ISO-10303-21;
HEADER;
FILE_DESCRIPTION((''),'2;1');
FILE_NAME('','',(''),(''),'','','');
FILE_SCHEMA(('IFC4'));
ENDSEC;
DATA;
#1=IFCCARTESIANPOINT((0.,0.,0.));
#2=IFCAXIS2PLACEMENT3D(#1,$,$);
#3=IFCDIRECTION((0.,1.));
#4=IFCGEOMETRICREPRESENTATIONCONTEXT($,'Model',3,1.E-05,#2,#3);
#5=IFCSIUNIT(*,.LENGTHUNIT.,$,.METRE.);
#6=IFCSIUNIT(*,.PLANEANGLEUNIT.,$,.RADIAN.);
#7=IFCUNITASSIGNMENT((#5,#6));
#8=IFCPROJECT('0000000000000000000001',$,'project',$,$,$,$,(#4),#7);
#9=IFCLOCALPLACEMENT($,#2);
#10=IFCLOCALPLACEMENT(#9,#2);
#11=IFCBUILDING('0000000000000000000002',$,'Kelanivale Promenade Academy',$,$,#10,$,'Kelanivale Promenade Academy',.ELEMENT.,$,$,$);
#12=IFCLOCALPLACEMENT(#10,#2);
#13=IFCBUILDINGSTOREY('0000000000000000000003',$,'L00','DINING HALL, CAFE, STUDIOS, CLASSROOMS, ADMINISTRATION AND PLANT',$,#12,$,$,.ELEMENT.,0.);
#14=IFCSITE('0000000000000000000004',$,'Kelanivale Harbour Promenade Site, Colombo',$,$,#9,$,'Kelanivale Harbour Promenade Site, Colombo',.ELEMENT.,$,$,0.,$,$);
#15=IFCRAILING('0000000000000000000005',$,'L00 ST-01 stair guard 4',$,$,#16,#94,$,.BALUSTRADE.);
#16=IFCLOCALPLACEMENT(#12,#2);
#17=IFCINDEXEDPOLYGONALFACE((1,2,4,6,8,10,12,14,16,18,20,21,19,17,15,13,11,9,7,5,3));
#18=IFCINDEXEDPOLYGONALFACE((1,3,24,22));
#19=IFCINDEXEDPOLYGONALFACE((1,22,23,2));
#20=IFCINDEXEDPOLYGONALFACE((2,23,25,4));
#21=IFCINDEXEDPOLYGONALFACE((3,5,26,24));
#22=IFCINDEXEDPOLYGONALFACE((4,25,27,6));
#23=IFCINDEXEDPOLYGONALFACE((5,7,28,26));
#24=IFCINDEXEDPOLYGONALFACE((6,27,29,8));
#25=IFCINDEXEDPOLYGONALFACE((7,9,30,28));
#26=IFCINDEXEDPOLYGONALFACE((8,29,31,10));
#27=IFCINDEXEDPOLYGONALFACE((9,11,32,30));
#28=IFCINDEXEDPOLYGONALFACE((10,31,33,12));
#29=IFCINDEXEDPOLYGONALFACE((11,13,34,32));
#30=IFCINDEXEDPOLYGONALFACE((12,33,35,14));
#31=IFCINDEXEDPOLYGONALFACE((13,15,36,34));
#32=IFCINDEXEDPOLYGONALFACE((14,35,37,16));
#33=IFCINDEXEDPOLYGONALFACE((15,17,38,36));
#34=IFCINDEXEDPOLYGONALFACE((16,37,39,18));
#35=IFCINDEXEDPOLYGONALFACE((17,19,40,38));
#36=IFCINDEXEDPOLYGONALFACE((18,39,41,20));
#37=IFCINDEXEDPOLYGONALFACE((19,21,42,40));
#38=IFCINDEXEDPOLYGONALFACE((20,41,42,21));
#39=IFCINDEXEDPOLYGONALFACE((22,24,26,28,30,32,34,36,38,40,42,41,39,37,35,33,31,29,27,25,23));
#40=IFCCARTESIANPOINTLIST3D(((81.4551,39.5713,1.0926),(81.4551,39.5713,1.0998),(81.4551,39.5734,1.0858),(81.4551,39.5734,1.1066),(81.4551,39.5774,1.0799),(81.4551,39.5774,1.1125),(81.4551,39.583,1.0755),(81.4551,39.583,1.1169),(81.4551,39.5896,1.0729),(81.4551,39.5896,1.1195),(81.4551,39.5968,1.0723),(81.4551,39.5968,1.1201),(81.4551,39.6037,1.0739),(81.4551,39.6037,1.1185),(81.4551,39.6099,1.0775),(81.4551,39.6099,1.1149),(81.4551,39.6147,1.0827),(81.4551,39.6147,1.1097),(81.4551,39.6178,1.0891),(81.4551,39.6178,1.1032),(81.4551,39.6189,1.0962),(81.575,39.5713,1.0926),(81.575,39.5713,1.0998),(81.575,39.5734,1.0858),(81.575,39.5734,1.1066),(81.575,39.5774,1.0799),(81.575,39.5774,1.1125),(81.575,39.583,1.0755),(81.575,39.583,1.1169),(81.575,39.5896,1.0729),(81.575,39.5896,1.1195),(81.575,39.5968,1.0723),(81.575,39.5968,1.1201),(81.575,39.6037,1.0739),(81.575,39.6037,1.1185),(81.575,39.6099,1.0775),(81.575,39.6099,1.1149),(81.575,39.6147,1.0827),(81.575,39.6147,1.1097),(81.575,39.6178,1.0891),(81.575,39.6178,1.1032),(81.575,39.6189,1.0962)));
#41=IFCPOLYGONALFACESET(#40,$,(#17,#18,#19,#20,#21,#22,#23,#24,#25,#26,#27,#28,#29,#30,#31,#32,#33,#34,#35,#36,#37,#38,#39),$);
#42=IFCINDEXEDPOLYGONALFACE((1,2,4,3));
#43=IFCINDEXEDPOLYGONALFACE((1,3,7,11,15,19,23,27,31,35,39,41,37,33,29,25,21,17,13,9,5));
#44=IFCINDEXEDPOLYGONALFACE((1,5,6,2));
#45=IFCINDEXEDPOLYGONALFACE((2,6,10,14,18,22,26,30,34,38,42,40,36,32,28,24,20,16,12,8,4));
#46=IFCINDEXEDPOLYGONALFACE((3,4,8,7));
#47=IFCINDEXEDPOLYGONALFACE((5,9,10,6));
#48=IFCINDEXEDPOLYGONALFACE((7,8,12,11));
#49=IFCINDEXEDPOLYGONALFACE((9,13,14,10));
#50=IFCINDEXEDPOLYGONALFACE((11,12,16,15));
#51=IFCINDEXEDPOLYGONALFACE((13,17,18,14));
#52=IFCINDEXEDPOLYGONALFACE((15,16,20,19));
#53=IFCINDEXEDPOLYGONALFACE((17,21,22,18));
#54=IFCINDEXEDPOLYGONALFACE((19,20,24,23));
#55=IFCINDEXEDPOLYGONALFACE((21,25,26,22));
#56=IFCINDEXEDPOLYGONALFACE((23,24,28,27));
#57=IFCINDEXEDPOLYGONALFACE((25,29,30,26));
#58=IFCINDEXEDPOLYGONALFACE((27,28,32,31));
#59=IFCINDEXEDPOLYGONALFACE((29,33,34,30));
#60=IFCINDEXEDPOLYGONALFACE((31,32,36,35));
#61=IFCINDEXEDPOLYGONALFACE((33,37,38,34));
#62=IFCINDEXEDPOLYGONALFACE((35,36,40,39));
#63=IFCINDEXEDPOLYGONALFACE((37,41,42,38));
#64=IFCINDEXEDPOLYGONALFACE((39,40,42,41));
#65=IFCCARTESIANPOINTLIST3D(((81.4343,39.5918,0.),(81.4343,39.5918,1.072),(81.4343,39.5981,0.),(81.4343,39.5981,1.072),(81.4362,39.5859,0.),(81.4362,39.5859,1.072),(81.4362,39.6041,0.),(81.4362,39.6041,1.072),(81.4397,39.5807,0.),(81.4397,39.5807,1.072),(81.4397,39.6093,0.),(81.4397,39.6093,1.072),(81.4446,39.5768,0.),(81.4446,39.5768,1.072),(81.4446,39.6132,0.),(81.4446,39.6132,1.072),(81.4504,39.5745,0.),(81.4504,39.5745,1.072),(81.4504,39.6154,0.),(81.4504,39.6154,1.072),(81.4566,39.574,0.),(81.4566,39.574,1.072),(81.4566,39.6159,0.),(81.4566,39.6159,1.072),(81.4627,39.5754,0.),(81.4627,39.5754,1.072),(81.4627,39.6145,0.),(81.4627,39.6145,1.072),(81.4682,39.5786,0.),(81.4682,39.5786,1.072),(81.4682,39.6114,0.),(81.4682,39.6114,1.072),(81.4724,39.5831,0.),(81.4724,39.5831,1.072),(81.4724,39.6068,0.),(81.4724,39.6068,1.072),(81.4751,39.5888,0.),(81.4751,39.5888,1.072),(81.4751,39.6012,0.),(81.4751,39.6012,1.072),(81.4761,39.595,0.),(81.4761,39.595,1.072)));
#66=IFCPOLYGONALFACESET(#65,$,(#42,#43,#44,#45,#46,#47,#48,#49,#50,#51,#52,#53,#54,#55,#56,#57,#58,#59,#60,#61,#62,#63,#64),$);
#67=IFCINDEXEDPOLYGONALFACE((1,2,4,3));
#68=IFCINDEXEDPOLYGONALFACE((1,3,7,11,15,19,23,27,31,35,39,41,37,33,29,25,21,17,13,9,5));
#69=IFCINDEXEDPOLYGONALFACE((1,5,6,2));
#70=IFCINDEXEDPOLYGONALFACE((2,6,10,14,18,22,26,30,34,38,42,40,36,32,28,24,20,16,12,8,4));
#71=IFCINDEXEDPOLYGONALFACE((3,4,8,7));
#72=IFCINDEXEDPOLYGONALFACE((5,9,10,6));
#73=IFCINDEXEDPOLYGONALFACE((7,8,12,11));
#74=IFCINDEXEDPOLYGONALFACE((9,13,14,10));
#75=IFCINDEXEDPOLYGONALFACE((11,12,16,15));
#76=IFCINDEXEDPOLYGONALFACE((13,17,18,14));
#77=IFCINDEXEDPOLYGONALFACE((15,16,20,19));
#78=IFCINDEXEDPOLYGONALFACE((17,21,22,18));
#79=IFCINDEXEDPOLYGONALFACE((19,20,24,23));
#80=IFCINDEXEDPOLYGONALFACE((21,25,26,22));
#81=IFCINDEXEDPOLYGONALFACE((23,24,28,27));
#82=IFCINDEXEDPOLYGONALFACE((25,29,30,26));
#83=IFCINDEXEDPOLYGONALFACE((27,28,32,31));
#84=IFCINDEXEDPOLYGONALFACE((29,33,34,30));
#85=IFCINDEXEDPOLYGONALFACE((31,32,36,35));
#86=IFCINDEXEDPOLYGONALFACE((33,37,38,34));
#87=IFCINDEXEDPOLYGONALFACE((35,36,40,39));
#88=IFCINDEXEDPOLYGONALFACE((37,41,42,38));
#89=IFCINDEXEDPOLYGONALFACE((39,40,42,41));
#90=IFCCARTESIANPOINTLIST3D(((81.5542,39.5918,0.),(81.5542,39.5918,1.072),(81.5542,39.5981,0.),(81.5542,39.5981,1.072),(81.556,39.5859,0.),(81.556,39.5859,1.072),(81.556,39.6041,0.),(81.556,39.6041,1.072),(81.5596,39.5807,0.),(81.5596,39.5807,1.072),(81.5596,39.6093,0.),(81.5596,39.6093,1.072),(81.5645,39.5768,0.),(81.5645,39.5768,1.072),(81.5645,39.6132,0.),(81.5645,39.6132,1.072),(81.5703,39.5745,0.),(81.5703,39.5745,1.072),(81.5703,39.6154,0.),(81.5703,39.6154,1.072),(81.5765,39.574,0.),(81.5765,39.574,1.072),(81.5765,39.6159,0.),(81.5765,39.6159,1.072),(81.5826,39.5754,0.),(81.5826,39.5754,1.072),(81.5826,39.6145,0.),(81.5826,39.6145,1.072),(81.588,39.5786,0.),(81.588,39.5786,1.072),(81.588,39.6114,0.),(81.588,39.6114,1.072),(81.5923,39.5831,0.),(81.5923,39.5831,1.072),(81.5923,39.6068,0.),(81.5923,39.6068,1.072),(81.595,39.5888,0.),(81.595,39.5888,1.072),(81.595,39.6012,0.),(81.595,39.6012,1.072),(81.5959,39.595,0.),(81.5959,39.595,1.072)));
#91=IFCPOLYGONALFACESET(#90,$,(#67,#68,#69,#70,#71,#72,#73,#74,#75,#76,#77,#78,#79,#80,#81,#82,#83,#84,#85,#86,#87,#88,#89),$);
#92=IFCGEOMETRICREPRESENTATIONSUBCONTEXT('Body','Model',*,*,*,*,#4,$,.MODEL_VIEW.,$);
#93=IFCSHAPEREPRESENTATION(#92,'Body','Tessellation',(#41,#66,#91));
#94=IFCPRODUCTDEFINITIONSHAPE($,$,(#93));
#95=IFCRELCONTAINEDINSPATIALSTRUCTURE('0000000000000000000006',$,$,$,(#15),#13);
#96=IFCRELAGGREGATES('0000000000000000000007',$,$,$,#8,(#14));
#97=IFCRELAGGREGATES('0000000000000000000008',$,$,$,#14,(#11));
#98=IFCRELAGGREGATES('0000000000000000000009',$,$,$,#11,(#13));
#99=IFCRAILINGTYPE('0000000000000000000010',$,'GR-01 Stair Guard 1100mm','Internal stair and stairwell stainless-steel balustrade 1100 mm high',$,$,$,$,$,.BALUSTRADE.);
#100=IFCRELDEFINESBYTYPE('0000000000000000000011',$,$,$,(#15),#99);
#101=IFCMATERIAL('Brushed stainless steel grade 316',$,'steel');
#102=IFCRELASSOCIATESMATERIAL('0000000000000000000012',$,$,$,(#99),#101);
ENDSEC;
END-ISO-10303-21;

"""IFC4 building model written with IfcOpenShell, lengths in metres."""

from ifc_helpers import new_model, si_unit, direction, frame, origin, origin_2d, place, context, subcontext, project, spatial, circle, extrude, material, type_object, element, save


model = new_model("IFC4")

# Units and contexts
model_context = context("Model", 3, precision=1e-05, world=origin(), true_north=direction((0.0, 1.0)))
body_context = subcontext(model_context, "Body", "Model", "MODEL_VIEW")
ifc_project = project(units=[si_unit("LENGTHUNIT", "METRE"), si_unit("PLANEANGLEUNIT", "RADIAN")], contexts=[model_context])

# Site, building, storey
site_placement = place(None, origin())
site = spatial("IfcSite", under=ifc_project, at=site_placement, Name="Kelanivale Harbour Promenade Site, Colombo", LongName="Kelanivale Harbour Promenade Site, Colombo", CompositionType="ELEMENT", RefElevation=0.0)
building_placement = place(site_placement, origin())
building = spatial("IfcBuilding", under=site, at=building_placement, Name="Kelanivale Promenade Academy", LongName="Kelanivale Promenade Academy", CompositionType="ELEMENT")
storey_placement = place(building_placement, origin())
storey = spatial("IfcBuildingStorey", under=building, at=storey_placement, Name="L00", Description="DINING HALL, CAFE, STUDIOS, CLASSROOMS, ADMINISTRATION AND PLANT", CompositionType="ELEMENT", Elevation=0.0)

# Railing
ifc_material_1 = material(Name="Brushed stainless steel grade 316", Category="steel")
railing_type_1 = type_object("IfcRailingType", Name="GR-01 Stair Guard 1100mm", Description="Internal stair and stairwell stainless-steel balustrade 1100 mm high", PredefinedType="BALUSTRADE", material=ifc_material_1)
railing_1_placement = place(storey_placement, frame((81.4551, 39.595, 0.0)))
element("IfcRailing", 1, at=railing_1_placement, inside=storey, type_object=railing_type_1, Name="L00 ST-01 stair guard 4", PredefinedType="BALUSTRADE", context=body_context, shape_type="SweptSolid", body=[
    extrude(circle(Radius=0.0239, at=origin_2d()), frame((0.0, 0.0, 1.0962), z_axis=(1.0, 0.0, 0.0), x_axis=(0.0, 1.0, 0.0)), (0.0, 0.0, 1.0), 0.1199),
    extrude(circle(Radius=0.021, at=origin_2d()), origin(), (0.0, 0.0, 1.0), 1.072),
    extrude(circle(Radius=0.021, at=origin_2d()), frame((0.1199, 0.0, 0.0)), (0.0, 0.0, 1.0), 1.072),
])

save(model, "model.ifc")
